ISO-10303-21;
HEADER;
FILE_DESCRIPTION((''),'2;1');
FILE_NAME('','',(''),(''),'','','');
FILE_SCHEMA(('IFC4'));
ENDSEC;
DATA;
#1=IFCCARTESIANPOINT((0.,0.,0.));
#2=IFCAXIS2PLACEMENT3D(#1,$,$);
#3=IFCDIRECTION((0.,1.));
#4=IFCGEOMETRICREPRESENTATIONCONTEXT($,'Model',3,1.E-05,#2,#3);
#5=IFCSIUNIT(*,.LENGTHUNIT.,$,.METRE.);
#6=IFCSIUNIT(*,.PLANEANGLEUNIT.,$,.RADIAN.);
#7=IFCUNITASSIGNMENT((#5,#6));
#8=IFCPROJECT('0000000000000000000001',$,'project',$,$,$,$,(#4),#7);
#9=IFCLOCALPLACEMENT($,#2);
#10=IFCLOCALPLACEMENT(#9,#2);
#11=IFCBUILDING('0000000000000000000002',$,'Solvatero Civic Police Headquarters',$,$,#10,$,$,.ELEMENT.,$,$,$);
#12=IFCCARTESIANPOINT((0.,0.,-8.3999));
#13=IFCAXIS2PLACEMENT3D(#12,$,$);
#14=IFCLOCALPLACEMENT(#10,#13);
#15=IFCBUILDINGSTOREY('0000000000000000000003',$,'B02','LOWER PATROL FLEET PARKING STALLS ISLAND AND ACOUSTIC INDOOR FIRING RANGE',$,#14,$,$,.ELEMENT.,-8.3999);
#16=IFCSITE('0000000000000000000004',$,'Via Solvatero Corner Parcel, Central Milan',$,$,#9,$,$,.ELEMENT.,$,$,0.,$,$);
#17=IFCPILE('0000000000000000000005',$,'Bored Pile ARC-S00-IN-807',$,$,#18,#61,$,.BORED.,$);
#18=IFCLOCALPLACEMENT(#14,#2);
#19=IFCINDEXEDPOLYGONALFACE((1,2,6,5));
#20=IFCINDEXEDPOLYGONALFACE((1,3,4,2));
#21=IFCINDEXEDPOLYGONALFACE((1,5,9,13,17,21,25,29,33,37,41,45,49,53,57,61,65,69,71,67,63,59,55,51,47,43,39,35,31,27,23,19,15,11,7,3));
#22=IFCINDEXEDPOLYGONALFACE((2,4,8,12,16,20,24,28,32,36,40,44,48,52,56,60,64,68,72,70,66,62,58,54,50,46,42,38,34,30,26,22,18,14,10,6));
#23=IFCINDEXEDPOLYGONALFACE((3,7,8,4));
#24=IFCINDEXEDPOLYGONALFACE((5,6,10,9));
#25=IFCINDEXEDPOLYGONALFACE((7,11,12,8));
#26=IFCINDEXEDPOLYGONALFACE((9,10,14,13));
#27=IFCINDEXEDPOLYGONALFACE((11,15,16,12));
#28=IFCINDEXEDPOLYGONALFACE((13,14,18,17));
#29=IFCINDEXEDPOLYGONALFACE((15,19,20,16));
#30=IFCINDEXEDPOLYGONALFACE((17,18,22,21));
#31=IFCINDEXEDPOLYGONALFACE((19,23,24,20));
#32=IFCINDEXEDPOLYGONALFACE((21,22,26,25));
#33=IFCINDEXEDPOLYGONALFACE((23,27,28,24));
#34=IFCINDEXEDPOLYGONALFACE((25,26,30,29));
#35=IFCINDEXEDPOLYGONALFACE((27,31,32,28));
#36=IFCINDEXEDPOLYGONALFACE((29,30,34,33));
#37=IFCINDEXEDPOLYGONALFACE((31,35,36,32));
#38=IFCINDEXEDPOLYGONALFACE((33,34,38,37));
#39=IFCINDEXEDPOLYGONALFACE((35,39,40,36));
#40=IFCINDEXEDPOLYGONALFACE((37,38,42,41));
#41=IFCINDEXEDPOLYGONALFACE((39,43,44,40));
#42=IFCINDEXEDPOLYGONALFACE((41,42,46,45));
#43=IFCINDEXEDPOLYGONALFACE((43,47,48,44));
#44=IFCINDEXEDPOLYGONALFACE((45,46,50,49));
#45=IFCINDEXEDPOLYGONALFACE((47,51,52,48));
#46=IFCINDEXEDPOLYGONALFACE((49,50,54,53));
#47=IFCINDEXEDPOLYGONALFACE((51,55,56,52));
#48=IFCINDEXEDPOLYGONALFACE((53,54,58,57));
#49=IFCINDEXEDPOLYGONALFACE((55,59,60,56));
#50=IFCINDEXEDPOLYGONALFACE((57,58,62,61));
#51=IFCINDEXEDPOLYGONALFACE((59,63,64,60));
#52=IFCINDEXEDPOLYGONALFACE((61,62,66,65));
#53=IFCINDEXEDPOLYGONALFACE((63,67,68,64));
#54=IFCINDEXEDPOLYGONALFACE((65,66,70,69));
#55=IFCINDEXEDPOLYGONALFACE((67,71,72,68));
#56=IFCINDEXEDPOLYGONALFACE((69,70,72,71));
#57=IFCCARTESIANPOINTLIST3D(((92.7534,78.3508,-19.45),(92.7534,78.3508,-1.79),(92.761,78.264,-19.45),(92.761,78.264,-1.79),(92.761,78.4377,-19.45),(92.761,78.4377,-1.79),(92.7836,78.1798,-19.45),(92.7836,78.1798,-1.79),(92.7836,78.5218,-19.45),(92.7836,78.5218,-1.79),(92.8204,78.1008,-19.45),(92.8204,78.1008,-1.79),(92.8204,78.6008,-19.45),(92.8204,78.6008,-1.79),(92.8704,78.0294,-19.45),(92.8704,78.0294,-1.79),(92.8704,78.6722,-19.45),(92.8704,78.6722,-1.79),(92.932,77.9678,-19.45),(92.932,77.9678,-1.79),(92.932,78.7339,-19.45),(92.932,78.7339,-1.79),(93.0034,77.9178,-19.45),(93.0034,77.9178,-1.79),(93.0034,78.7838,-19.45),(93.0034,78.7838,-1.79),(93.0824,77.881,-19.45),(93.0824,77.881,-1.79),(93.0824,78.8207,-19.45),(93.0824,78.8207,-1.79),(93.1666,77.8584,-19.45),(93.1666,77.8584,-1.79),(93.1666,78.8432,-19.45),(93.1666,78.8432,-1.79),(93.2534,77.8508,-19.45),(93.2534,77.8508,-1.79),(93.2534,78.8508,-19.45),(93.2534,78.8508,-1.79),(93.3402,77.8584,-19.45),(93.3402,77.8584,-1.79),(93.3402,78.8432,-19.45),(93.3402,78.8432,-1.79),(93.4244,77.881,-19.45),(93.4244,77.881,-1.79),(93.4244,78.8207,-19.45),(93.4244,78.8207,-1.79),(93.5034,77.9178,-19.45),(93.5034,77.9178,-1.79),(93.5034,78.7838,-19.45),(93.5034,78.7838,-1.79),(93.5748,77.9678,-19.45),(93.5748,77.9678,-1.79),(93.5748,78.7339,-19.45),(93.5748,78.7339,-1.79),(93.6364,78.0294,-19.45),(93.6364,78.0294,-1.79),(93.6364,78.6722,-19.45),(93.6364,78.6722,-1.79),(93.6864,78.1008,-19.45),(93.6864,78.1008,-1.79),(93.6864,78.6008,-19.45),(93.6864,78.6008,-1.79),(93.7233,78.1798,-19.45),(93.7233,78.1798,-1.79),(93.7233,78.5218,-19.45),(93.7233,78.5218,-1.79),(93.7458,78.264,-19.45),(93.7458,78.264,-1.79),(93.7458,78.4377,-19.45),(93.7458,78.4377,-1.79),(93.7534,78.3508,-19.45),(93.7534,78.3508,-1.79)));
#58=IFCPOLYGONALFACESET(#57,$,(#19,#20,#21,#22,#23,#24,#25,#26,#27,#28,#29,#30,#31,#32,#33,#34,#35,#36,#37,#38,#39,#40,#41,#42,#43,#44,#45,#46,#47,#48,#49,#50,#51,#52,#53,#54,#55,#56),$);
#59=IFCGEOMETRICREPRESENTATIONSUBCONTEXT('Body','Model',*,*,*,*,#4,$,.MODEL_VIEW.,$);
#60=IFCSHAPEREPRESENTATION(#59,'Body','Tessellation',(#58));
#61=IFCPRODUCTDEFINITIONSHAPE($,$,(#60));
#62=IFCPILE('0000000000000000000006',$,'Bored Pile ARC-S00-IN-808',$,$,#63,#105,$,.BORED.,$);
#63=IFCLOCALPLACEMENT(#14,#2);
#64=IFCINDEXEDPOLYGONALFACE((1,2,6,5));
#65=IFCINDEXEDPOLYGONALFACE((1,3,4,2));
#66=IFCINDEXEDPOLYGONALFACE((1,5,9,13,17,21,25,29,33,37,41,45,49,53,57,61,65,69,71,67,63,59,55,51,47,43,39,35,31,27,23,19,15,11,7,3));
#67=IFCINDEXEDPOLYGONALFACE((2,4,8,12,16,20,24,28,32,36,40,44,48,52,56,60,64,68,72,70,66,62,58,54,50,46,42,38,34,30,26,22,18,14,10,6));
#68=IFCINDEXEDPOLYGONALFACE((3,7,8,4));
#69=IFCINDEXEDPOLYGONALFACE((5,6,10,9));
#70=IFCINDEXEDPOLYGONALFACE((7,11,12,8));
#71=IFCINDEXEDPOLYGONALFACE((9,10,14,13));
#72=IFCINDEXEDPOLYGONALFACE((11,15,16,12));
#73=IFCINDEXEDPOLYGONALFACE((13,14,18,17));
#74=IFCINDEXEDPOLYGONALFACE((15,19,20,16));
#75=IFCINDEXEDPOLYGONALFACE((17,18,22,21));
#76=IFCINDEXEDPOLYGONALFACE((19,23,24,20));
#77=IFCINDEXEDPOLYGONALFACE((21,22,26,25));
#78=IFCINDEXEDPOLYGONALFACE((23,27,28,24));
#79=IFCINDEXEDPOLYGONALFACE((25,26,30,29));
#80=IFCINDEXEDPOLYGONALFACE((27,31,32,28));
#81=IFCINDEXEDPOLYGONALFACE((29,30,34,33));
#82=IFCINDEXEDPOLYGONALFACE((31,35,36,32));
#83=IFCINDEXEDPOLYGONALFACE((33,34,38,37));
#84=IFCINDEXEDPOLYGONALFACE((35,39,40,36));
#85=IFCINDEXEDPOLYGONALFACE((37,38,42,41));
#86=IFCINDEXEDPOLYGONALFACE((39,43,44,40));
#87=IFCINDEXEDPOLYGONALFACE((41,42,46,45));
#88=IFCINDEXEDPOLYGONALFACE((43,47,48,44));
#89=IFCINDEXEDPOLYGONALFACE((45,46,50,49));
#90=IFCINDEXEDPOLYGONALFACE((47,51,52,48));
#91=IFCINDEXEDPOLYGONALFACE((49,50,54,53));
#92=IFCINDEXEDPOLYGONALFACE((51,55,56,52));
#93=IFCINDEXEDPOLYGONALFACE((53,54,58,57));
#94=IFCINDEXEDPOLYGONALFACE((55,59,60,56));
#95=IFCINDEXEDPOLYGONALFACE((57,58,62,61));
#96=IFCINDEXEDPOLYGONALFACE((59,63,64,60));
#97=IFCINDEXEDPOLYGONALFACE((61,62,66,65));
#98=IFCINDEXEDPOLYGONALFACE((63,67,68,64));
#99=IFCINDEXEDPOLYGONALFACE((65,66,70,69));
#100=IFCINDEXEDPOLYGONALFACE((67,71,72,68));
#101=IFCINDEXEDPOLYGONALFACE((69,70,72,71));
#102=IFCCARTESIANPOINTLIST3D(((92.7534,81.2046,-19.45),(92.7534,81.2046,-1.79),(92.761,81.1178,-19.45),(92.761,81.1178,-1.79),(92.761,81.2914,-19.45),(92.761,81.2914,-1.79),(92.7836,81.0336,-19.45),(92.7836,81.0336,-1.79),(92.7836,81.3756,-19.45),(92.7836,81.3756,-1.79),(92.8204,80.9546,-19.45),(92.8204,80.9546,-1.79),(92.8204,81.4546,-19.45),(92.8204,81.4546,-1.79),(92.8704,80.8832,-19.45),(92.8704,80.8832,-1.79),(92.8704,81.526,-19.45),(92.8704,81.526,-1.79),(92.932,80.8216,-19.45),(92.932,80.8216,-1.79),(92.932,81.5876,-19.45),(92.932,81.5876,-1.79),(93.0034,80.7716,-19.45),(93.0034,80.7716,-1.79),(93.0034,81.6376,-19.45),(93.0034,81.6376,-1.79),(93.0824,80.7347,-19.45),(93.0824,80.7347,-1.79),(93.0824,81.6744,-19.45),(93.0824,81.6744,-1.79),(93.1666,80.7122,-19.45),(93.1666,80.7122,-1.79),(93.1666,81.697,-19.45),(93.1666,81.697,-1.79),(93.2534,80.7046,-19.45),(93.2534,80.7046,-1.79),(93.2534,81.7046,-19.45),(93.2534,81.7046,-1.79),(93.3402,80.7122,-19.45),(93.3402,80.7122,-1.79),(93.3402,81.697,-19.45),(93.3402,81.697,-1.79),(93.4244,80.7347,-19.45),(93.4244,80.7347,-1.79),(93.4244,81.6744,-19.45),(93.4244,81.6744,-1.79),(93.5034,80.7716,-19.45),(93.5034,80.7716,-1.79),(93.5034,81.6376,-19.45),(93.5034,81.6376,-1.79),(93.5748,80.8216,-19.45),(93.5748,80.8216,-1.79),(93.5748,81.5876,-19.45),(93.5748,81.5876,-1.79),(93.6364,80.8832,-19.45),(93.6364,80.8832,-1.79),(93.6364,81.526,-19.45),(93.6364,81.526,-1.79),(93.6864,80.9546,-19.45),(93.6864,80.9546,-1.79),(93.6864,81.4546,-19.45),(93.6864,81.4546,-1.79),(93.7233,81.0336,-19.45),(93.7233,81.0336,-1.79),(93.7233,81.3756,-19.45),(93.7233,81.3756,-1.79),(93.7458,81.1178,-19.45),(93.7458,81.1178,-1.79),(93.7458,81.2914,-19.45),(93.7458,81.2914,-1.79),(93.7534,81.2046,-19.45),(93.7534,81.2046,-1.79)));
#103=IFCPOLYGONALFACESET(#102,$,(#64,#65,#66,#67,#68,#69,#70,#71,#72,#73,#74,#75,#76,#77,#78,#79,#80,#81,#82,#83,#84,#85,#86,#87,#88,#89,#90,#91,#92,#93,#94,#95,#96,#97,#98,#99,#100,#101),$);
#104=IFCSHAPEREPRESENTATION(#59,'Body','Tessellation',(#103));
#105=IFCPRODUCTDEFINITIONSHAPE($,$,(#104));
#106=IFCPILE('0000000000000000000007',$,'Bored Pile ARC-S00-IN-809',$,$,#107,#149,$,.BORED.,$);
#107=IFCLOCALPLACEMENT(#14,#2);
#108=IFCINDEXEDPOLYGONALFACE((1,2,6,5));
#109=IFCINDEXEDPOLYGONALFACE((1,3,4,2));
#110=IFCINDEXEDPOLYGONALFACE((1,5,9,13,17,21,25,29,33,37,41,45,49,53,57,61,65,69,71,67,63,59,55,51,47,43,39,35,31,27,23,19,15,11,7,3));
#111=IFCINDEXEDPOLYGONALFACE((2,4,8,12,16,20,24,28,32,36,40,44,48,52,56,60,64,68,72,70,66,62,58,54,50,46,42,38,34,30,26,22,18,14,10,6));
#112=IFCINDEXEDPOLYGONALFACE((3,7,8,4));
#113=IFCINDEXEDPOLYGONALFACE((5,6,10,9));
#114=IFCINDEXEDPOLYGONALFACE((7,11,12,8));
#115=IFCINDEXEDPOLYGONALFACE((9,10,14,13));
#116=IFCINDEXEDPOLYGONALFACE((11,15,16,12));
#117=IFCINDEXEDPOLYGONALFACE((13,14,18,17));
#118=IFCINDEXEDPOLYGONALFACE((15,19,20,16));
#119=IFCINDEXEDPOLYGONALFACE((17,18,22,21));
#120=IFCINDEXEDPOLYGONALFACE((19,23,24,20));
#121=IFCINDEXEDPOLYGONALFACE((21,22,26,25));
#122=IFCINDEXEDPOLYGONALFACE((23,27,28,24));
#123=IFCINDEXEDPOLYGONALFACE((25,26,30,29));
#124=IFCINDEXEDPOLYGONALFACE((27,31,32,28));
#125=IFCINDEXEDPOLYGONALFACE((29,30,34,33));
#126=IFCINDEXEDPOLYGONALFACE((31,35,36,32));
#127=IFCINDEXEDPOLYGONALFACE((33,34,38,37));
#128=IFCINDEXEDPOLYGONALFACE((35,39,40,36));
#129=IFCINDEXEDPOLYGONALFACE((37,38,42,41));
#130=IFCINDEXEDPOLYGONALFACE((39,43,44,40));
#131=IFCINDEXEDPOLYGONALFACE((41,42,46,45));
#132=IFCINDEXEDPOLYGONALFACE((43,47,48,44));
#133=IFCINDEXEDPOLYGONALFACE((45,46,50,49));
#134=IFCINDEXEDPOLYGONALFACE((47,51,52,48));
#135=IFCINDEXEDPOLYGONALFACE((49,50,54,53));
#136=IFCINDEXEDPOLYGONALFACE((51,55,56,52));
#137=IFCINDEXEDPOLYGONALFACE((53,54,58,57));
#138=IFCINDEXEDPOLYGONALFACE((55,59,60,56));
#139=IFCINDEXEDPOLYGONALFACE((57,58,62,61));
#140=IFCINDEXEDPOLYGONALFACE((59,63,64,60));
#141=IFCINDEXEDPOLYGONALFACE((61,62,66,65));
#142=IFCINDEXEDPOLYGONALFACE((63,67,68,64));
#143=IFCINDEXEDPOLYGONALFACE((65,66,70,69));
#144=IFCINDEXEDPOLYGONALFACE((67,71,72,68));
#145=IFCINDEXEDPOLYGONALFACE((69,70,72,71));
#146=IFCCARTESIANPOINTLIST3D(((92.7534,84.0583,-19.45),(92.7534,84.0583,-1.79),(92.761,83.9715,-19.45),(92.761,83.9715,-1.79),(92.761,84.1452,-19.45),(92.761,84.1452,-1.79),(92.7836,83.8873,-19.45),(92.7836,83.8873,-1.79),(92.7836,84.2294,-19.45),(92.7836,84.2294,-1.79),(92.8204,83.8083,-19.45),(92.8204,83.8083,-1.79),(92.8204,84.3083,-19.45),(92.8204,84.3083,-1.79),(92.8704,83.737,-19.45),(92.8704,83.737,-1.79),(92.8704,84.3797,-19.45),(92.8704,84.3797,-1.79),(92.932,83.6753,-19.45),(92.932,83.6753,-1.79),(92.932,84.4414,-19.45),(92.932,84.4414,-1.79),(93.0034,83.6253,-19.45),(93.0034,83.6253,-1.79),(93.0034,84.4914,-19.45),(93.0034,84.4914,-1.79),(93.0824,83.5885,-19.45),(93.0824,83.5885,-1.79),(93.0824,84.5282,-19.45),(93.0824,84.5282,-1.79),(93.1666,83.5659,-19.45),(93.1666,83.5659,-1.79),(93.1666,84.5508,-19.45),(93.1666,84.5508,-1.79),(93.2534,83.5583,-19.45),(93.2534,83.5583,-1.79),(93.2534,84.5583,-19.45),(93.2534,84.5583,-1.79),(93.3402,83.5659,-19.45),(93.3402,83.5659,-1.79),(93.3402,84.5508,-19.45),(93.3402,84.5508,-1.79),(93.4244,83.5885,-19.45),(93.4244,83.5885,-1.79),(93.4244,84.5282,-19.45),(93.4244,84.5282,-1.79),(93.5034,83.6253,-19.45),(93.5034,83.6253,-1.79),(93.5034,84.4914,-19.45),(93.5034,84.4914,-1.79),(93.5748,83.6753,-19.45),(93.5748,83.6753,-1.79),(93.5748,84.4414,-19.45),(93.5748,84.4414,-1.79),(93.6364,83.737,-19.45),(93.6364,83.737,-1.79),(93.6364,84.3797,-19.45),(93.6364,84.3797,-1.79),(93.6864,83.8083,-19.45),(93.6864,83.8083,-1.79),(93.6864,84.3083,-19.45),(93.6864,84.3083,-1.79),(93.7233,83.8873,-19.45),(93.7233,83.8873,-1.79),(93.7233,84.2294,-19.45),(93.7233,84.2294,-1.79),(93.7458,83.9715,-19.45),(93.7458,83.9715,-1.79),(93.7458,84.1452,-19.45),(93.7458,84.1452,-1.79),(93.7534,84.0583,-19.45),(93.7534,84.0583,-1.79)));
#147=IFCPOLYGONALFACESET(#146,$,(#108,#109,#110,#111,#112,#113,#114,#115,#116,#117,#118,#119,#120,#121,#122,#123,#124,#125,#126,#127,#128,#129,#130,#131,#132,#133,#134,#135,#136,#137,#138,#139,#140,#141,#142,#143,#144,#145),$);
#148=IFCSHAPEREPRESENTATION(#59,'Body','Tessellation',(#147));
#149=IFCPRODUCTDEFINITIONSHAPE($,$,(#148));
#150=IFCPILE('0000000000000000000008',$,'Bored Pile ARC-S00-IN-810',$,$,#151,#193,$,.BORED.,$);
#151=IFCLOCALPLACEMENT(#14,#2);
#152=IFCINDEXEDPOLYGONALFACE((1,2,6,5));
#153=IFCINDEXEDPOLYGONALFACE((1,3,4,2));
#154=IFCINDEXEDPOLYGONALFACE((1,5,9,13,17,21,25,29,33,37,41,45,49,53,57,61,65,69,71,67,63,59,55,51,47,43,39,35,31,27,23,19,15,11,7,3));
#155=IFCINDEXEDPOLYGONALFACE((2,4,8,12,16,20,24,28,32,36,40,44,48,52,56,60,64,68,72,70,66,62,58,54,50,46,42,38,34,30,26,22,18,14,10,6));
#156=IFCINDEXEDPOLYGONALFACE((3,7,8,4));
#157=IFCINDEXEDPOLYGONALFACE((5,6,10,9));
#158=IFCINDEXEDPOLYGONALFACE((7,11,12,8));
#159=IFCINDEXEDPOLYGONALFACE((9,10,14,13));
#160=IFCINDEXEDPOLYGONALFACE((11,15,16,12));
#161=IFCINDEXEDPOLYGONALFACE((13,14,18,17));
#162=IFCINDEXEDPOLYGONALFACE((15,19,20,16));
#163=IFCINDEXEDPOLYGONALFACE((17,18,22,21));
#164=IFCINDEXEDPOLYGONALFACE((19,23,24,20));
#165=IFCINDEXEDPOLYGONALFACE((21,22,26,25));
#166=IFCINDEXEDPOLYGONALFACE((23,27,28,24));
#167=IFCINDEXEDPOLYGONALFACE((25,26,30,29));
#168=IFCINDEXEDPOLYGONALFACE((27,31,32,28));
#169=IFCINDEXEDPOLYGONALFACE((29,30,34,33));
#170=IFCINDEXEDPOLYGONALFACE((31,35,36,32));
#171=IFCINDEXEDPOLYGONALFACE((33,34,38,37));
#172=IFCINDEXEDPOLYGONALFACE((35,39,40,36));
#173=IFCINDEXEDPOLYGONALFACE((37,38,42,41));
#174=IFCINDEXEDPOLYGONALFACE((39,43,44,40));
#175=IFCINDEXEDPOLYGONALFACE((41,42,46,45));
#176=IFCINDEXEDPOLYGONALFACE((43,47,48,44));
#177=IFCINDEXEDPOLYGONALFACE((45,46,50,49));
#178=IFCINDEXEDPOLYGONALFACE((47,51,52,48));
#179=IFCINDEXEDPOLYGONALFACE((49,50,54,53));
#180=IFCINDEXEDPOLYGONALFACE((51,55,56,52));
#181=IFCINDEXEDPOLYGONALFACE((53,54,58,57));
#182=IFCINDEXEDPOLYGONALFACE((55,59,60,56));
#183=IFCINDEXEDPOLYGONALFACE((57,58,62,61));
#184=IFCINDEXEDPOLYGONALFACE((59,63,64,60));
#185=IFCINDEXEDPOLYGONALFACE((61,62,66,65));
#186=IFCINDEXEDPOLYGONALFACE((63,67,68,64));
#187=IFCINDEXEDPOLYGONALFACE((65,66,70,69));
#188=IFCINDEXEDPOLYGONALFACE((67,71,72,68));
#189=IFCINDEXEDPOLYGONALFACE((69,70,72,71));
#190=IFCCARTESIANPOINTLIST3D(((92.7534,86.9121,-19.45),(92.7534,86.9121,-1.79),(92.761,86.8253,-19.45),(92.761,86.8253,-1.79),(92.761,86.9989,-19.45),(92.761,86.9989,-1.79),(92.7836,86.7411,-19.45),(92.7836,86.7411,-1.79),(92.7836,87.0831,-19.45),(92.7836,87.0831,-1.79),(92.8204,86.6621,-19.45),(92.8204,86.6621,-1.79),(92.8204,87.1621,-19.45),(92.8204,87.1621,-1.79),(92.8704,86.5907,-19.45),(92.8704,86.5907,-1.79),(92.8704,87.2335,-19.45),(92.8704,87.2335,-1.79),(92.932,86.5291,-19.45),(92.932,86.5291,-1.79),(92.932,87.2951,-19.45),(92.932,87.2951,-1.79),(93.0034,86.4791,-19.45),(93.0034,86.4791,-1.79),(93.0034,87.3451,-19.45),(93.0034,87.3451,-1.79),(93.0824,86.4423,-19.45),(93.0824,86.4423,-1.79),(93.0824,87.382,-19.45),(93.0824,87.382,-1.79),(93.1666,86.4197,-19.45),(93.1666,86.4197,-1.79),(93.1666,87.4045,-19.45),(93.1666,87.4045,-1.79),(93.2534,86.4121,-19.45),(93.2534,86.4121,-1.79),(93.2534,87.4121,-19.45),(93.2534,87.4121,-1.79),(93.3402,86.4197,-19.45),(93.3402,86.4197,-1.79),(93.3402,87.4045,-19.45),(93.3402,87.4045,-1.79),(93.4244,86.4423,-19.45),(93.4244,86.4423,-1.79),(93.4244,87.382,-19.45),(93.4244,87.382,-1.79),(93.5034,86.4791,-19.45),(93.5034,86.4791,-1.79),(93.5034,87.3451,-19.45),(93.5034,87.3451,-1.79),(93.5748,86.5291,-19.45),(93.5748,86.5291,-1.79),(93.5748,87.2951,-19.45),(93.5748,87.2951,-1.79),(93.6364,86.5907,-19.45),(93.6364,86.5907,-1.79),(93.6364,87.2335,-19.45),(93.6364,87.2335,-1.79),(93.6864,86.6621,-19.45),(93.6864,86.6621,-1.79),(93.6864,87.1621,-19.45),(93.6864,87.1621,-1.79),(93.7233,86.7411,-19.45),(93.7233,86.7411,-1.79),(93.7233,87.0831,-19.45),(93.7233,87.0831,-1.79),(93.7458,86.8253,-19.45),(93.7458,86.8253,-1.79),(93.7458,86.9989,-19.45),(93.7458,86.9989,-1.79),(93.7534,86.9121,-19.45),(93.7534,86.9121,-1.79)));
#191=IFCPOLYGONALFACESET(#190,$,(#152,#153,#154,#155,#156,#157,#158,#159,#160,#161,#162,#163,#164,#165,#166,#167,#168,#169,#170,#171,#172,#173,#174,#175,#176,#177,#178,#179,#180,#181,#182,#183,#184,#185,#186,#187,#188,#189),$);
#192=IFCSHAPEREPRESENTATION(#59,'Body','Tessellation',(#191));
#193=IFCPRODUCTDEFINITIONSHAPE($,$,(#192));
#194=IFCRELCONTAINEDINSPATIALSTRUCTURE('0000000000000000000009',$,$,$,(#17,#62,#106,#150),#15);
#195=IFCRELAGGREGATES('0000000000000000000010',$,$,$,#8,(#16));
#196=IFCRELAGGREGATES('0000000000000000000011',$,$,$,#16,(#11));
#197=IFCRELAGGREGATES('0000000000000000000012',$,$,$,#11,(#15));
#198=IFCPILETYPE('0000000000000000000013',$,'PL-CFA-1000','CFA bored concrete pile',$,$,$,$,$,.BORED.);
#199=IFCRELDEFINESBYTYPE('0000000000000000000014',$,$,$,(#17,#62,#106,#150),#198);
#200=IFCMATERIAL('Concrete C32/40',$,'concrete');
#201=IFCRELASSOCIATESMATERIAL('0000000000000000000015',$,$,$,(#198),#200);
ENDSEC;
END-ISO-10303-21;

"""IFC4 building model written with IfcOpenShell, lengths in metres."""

from ifc_helpers import new_model, si_unit, direction, frame, origin, origin_2d, place, context, subcontext, project, spatial, circle, extrude, material, material_profile, profile_set, type_object, element, save


model = new_model("IFC4")

# Units and contexts
model_context = context("Model", 3, precision=1e-05, world=origin(), true_north=direction((0.0, 1.0)))
body_context = subcontext(model_context, "Body", "Model", "MODEL_VIEW")
ifc_project = project(units=[si_unit("LENGTHUNIT", "METRE"), si_unit("PLANEANGLEUNIT", "RADIAN")], contexts=[model_context])

# Site, building, storey
site_placement = place(None, origin())
site = spatial("IfcSite", under=ifc_project, at=site_placement, Name="Via Solvatero Corner Parcel, Central Milan", CompositionType="ELEMENT", RefElevation=0.0)
building_placement = place(site_placement, origin())
building = spatial("IfcBuilding", under=site, at=building_placement, Name="Solvatero Civic Police Headquarters", CompositionType="ELEMENT")
storey_placement = place(building_placement, frame((0.0, 0.0, -8.3999)))
storey = spatial("IfcBuildingStorey", under=building, at=storey_placement, Name="B02", Description="LOWER PATROL FLEET PARKING STALLS ISLAND AND ACOUSTIC INDOOR FIRING RANGE", CompositionType="ELEMENT", Elevation=-8.3999)

# Piles
ifc_material_1 = material(Name="Concrete C32/40", Category="concrete")
ifc_material_profile_1 = material_profile(ifc_material_1, circle(Radius=0.5, at=origin_2d()), Name="CFA PILE D1000")
ifc_profile_set_1 = profile_set([ifc_material_profile_1], Name="Concrete C32/40")
pile_type = type_object("IfcPileType", Name="PL-CFA-1000", Description="CFA bored concrete pile", PredefinedType="BORED", material=ifc_profile_set_1)
for number, where, z_axis, x_axis, name in (
    (1, (93.2534, 78.3508, -1.79), (0.0, 0.0, -1.0), (1.0, 0.0, 0.0), "Bored Pile ARC-S00-IN-807"),
    (2, (93.2534, 81.2046, -1.79), (0.0, 0.0, -1.0), (1.0, 0.0, 0.0), "Bored Pile ARC-S00-IN-808"),
    (3, (93.2534, 84.0583, -1.79), (0.0, 0.0, -1.0), (1.0, 0.0, 0.0), "Bored Pile ARC-S00-IN-809"),
    (4, (93.2534, 86.9121, -1.79), (0.0, 0.0, -1.0), (1.0, 0.0, 0.0), "Bored Pile ARC-S00-IN-810"),
):
    element("IfcPile", number, at=place(storey_placement, frame(where, z_axis=z_axis, x_axis=x_axis)), inside=storey, type_object=pile_type, Name=name, PredefinedType="BORED", context=body_context, shape_type="SweptSolid", body=[
        extrude(circle(Radius=0.5, at=origin_2d()), origin(), (0.0, 0.0, 1.0), 17.6599),
    ])

save(model, "model.ifc")
